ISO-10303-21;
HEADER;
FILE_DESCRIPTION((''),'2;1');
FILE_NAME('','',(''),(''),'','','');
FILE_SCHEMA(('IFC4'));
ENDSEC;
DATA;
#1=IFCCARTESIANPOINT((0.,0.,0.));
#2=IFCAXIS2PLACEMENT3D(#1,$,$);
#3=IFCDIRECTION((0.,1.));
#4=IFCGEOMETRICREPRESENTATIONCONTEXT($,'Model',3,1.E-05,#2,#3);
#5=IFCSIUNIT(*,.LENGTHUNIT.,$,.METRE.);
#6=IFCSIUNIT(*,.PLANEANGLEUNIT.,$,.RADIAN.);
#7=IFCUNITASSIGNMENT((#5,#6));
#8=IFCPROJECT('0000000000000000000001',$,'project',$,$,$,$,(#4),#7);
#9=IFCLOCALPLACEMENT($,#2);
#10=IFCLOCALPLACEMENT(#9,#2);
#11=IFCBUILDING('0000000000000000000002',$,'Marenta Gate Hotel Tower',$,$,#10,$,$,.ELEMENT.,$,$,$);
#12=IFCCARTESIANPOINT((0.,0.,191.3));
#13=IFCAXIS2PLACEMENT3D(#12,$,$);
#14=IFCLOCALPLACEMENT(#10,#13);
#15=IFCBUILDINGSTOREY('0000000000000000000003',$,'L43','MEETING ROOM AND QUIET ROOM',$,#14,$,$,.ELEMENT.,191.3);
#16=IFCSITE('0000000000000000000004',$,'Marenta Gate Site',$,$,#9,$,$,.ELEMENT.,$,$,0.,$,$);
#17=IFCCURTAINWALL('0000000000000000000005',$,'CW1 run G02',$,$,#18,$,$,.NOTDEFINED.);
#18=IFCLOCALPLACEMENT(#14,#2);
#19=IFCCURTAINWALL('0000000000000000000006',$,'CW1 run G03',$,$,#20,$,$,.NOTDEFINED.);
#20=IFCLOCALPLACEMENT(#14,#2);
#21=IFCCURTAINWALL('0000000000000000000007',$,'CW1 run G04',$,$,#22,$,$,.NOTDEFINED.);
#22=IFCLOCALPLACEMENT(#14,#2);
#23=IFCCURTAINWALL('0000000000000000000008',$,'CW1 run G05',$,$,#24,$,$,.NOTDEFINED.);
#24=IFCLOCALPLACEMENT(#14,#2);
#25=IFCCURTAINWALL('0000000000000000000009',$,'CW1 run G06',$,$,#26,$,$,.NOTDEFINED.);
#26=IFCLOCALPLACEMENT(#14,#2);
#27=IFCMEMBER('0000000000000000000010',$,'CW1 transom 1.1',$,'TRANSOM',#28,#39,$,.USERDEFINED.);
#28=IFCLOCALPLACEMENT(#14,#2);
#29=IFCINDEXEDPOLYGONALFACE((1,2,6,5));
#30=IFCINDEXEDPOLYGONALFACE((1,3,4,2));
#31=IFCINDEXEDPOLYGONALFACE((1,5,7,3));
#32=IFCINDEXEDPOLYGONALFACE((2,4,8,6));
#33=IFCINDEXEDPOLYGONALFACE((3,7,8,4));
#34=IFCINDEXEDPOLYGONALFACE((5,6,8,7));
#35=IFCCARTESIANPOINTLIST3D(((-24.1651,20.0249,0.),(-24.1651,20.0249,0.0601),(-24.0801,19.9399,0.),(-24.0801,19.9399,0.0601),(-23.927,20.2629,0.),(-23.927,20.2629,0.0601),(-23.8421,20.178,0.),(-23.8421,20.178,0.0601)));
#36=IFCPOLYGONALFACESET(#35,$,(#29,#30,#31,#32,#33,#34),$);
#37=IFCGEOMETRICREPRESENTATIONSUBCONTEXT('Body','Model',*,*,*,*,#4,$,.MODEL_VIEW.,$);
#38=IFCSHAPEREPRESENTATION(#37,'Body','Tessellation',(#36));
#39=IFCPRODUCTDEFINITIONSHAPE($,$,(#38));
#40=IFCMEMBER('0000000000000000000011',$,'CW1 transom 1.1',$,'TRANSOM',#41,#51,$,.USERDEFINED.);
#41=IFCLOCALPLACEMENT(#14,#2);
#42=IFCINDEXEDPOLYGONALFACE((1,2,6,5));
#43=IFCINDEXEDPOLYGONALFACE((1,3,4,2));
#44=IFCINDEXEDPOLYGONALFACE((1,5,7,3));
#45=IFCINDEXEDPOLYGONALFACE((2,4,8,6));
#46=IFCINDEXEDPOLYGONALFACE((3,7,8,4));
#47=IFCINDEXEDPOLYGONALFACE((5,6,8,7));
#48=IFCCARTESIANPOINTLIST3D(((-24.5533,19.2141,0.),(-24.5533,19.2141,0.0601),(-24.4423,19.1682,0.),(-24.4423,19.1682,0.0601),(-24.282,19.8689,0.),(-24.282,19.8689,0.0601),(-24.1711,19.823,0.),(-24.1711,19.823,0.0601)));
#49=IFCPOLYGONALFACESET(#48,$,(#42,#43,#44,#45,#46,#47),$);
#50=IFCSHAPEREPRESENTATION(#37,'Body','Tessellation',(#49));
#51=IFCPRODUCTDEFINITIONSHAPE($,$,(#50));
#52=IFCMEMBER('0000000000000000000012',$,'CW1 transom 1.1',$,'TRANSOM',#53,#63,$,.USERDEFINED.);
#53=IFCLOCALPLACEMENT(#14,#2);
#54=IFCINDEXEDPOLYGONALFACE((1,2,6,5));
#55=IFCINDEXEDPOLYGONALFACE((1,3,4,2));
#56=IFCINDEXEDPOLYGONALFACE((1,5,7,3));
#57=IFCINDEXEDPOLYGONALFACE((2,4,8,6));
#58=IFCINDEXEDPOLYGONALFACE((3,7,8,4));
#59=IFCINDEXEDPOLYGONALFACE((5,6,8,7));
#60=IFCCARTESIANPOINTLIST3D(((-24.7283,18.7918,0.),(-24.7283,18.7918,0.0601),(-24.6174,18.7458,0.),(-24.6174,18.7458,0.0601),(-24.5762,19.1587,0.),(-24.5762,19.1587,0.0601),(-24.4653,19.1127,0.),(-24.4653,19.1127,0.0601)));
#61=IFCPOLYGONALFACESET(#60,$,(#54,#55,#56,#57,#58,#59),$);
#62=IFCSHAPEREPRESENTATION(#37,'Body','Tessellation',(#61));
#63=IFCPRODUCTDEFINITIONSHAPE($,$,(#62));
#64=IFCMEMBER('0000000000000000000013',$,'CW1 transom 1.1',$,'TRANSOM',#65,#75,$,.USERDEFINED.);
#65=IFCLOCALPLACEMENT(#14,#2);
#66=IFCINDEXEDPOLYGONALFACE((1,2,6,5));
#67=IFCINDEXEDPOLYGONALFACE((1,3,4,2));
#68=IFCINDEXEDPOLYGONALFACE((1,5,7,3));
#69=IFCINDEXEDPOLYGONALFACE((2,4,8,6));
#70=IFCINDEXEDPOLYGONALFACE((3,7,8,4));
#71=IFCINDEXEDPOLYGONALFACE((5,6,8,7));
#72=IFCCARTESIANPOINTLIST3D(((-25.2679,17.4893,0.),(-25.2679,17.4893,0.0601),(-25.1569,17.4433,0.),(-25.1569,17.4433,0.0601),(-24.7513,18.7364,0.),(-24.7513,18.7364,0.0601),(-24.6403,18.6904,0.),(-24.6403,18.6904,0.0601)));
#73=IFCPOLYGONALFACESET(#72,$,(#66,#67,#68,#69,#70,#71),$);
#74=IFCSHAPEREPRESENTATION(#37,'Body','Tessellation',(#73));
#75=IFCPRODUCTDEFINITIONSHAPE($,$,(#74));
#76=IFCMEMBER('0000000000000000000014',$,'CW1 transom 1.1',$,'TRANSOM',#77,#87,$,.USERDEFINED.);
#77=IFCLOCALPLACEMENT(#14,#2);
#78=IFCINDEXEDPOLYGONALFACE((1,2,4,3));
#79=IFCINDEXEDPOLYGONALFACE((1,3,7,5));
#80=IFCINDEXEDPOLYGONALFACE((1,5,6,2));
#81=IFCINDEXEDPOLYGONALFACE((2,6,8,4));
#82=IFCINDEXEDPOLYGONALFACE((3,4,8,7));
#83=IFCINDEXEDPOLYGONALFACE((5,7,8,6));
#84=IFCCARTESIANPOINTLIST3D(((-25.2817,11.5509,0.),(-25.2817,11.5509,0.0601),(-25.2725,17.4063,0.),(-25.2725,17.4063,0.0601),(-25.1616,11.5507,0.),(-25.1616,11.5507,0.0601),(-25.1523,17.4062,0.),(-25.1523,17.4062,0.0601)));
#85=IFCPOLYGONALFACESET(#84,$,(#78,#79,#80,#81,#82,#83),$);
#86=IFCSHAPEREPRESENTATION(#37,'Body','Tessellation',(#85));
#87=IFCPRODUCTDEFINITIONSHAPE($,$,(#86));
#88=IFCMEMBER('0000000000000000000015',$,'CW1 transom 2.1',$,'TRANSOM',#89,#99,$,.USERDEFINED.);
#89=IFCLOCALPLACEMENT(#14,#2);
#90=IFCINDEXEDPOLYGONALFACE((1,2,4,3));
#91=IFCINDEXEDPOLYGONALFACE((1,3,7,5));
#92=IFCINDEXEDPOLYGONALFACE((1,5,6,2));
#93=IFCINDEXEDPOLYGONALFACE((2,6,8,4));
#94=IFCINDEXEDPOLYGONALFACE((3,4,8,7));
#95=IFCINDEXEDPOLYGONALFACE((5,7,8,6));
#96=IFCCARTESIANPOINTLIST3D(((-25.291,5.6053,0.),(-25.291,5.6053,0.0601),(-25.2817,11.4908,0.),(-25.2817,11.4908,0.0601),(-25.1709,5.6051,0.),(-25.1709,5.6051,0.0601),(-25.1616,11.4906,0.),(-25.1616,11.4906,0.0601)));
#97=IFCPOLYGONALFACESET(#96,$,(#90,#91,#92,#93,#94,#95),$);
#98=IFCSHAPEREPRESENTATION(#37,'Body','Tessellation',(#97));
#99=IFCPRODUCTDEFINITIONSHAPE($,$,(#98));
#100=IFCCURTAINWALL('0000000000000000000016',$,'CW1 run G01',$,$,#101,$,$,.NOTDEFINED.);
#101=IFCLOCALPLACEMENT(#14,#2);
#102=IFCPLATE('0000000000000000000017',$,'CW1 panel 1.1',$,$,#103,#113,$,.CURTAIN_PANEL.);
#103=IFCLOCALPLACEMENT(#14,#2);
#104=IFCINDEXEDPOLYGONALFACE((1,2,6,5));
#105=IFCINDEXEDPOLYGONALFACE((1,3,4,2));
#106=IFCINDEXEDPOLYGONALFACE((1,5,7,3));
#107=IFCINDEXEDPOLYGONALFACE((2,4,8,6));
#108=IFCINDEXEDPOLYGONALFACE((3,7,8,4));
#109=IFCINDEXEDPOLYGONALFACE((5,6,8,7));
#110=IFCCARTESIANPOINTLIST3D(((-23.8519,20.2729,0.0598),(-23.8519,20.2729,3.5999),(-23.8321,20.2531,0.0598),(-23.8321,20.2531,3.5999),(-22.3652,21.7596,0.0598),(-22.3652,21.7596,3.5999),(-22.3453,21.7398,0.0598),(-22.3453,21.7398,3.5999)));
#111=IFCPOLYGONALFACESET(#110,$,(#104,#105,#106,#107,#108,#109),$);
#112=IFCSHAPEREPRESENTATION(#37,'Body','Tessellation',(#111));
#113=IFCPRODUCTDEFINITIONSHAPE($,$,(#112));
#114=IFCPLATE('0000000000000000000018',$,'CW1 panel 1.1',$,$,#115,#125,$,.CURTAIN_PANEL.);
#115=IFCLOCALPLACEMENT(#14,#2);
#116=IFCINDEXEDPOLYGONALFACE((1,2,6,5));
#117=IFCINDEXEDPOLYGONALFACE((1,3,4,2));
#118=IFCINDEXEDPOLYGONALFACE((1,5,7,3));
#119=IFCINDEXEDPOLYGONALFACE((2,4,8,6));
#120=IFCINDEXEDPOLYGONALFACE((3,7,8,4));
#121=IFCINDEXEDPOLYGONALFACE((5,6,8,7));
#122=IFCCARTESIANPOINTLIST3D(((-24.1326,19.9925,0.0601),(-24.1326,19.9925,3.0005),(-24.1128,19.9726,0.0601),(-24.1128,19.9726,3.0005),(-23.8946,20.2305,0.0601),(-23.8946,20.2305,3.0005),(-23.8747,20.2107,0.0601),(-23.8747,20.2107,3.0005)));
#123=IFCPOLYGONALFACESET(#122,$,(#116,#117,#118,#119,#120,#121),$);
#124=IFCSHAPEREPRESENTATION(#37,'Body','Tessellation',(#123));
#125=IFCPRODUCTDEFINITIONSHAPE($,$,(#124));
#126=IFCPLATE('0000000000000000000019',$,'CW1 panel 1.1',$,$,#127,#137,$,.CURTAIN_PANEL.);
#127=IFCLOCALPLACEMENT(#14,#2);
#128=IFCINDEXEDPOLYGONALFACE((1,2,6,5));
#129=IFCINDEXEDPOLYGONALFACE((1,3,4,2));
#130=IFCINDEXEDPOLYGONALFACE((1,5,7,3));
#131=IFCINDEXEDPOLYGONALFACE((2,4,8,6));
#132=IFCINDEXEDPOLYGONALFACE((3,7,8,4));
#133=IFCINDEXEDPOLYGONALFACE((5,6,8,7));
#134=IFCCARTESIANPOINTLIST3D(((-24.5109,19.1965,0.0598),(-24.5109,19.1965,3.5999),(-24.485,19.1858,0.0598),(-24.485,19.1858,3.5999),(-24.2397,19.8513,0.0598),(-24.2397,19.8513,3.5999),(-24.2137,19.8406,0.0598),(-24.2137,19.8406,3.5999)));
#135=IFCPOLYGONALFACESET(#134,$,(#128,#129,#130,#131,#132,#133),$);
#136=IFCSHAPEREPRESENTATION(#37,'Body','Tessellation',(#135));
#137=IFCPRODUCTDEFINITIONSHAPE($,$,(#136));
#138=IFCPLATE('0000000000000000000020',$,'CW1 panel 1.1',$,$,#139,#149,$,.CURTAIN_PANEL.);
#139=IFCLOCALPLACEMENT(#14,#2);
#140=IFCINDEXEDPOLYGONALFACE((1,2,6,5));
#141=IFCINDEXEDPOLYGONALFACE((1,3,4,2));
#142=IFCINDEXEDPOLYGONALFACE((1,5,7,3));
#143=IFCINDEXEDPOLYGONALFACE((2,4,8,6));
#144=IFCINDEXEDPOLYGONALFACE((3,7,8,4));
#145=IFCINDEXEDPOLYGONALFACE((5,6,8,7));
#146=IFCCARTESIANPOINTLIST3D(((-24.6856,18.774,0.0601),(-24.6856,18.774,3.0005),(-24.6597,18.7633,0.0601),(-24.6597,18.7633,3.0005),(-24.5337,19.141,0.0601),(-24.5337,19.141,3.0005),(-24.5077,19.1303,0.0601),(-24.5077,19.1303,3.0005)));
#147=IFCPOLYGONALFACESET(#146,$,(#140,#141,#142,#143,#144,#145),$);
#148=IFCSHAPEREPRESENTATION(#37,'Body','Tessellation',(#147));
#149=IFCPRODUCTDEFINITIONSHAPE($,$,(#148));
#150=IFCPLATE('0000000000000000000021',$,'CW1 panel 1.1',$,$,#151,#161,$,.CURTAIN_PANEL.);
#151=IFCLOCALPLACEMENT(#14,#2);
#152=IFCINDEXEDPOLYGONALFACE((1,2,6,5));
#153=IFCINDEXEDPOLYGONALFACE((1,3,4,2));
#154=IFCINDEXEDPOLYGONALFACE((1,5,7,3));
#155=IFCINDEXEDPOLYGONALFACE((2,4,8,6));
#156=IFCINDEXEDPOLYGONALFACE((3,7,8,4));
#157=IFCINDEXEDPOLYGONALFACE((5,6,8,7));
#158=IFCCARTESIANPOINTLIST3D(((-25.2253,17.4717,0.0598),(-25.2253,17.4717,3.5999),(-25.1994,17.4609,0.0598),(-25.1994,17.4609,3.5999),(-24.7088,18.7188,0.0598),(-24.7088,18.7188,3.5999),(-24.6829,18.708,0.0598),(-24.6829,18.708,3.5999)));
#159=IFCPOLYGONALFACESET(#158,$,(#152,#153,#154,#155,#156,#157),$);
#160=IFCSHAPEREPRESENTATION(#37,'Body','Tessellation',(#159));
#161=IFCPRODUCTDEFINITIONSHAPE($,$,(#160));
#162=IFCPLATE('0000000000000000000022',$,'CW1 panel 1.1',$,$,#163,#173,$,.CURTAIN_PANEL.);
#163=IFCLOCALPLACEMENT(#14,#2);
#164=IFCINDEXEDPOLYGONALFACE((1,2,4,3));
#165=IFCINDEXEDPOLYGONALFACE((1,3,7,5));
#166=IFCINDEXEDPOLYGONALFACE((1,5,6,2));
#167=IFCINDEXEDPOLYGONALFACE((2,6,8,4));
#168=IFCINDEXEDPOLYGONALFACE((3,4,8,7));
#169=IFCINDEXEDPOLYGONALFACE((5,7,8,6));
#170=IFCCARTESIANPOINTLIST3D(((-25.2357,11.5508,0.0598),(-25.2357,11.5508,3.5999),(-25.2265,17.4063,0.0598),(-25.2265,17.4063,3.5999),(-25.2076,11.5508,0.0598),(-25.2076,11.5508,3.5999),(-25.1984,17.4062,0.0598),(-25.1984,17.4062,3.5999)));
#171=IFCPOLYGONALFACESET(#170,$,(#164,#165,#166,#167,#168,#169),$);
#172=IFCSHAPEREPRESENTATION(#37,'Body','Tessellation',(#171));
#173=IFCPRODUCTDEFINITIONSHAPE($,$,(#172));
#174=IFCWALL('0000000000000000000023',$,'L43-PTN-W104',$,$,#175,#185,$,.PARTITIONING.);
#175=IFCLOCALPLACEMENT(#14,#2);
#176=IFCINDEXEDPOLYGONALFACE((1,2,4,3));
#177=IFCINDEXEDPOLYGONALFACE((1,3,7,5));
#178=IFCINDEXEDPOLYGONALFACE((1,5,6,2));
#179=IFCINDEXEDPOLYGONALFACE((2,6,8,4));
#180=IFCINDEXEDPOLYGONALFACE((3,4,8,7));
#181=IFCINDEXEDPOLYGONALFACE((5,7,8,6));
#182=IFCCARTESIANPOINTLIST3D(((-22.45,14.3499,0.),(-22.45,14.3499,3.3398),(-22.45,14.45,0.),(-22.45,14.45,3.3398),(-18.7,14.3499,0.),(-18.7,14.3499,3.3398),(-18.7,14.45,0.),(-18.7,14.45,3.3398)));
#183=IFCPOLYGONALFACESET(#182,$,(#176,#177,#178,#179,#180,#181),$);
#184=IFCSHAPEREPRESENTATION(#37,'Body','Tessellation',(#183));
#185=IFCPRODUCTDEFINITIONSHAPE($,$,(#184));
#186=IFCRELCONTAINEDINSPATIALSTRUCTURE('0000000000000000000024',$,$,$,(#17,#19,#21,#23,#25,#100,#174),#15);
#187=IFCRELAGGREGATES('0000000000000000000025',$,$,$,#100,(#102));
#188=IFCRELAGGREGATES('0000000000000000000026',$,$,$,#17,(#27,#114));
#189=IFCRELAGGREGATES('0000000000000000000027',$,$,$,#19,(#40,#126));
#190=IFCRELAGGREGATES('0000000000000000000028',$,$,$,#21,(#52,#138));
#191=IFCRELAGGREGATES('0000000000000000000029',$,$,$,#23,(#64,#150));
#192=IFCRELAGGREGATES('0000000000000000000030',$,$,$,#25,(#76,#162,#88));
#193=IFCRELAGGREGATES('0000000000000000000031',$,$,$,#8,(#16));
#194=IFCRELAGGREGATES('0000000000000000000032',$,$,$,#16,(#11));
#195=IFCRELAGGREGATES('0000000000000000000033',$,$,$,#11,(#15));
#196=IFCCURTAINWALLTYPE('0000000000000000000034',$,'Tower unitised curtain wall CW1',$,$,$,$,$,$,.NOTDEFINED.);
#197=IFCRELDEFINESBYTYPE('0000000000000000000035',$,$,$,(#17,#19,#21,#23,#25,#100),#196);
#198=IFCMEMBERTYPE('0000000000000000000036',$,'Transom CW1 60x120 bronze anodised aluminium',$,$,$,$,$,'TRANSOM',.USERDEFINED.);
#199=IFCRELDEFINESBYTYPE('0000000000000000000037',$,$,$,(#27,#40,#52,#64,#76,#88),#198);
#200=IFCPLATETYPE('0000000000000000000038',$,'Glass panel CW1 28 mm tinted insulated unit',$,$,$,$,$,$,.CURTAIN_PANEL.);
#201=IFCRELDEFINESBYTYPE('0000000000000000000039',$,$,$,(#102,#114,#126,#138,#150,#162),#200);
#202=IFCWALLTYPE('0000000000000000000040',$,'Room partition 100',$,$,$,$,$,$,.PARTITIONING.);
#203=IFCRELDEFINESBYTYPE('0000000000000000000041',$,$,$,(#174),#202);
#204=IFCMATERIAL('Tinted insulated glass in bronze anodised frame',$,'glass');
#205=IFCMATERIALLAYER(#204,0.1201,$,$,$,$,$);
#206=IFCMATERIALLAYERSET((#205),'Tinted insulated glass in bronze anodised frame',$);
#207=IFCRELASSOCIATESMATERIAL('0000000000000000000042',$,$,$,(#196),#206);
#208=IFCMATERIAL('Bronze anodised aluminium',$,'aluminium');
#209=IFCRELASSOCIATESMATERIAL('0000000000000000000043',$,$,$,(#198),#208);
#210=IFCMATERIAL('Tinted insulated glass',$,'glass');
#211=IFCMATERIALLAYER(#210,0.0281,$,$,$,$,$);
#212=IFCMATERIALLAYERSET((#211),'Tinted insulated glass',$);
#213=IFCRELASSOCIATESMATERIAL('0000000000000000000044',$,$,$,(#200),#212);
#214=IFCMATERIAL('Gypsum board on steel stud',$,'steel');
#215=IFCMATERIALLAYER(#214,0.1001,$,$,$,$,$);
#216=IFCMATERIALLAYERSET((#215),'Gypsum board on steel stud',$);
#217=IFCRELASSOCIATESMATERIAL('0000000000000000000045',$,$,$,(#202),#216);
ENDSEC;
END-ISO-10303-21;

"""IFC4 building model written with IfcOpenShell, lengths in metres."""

from ifc_helpers import new_model, si_unit, direction, frame, frame_2d, origin, origin_2d, place, context, subcontext, project, spatial, rectangle, extrude, material, layer, layer_set, material_profile, profile_set, type_object, element, aggregate, save


model = new_model("IFC4")

# Units and contexts
model_context = context("Model", 3, precision=1e-05, world=origin(), true_north=direction((0.0, 1.0)))
body_context = subcontext(model_context, "Body", "Model", "MODEL_VIEW")
ifc_project = project(units=[si_unit("LENGTHUNIT", "METRE"), si_unit("PLANEANGLEUNIT", "RADIAN")], contexts=[model_context])

# Site, building, storey
site_placement = place(None, origin())
site = spatial("IfcSite", under=ifc_project, at=site_placement, Name="Marenta Gate Site", CompositionType="ELEMENT", RefElevation=0.0)
building_placement = place(site_placement, origin())
building = spatial("IfcBuilding", under=site, at=building_placement, Name="Marenta Gate Hotel Tower", CompositionType="ELEMENT")
storey_placement = place(building_placement, frame((0.0, 0.0, 191.3)))
storey = spatial("IfcBuildingStorey", under=building, at=storey_placement, Name="L43", Description="MEETING ROOM AND QUIET ROOM", CompositionType="ELEMENT", Elevation=191.3)

# Curtain wall
ifc_material_1 = material(Name="Tinted insulated glass in bronze anodised frame", Category="glass")
ifc_layer_1 = layer(ifc_material_1, 0.1201)
ifc_layer_set_1 = layer_set([ifc_layer_1], Name="Tinted insulated glass in bronze anodised frame")
curtain_wall_type = type_object("IfcCurtainWallType", Name="Tower unitised curtain wall CW1", PredefinedType="NOTDEFINED", material=ifc_layer_set_1)
curtain_wall_1_placement = place(storey_placement, origin())
curtain_wall_1 = element("IfcCurtainWall", 1, at=curtain_wall_1_placement, inside=storey, type_object=curtain_wall_type, Name="CW1 run G02", PredefinedType="NOTDEFINED")

# Curtain walls
curtain_wall_2_placement = place(storey_placement, origin())
curtain_wall_2 = element("IfcCurtainWall", 2, at=curtain_wall_2_placement, inside=storey, type_object=curtain_wall_type, Name="CW1 run G03", PredefinedType="NOTDEFINED")
curtain_wall_3_placement = place(storey_placement, origin())
curtain_wall_3 = element("IfcCurtainWall", 3, at=curtain_wall_3_placement, inside=storey, type_object=curtain_wall_type, Name="CW1 run G04", PredefinedType="NOTDEFINED")
curtain_wall_4_placement = place(storey_placement, origin())
curtain_wall_4 = element("IfcCurtainWall", 4, at=curtain_wall_4_placement, inside=storey, type_object=curtain_wall_type, Name="CW1 run G05", PredefinedType="NOTDEFINED")

# Curtain wall
curtain_wall_5_placement = place(storey_placement, origin())
curtain_wall_5 = element("IfcCurtainWall", 5, at=curtain_wall_5_placement, inside=storey, type_object=curtain_wall_type, Name="CW1 run G06", PredefinedType="NOTDEFINED")

# Members
ifc_material_2 = material(Name="Bronze anodised aluminium", Category="aluminium")
ifc_material_profile_1 = material_profile(ifc_material_2, rectangle(XDim=0.1201, YDim=0.0601, at=origin_2d()), Name="Transom CW1 60x120 bronze anodised aluminium")
ifc_profile_set_1 = profile_set([ifc_material_profile_1], Name="Bronze anodised aluminium")
member_type_1 = type_object("IfcMemberType", Name="Transom CW1 60x120 bronze anodised aluminium", ElementType="TRANSOM", PredefinedType="USERDEFINED", material=ifc_profile_set_1)
member_1_placement = place(storey_placement, frame((-23.8845, 20.2205, 0.03), z_axis=(-0.707107, -0.707107, 0.0), x_axis=(0.707107, -0.707107, 0.0)))
member_1 = element("IfcMember", 6, at=member_1_placement, type_object=member_type_1, Name="CW1 transom 1.1", ObjectType="TRANSOM", PredefinedType="USERDEFINED", context=body_context, shape_type="SweptSolid", body=[
    extrude(rectangle(XDim=0.1201, YDim=0.0601, at=origin_2d()), origin(), (0.0, 0.0, 1.0), 0.3367),
])
member_2_placement = place(storey_placement, frame((-24.2266, 19.8459, 0.03), z_axis=(-0.382707, -0.92387, 0.0), x_axis=(0.92387, -0.382707, 0.0)))
member_2 = element("IfcMember", 7, at=member_2_placement, type_object=member_type_1, Name="CW1 transom 1.1", ObjectType="TRANSOM", PredefinedType="USERDEFINED", context=body_context, shape_type="SweptSolid", body=[
    extrude(rectangle(XDim=0.1201, YDim=0.0601, at=origin_2d()), origin(), (0.0, 0.0, 1.0), 0.7087),
])
member_3_placement = place(storey_placement, frame((-24.5208, 19.1357, 0.03), z_axis=(-0.382913, -0.923785, 0.0), x_axis=(0.923785, -0.382913, 0.0)))
member_3 = element("IfcMember", 8, at=member_3_placement, type_object=member_type_1, Name="CW1 transom 1.1", ObjectType="TRANSOM", PredefinedType="USERDEFINED", context=body_context, shape_type="SweptSolid", body=[
    extrude(rectangle(XDim=0.1201, YDim=0.0601, at=origin_2d()), origin(), (0.0, 0.0, 1.0), 0.3972),
])
member_4_placement = place(storey_placement, frame((-24.6958, 18.7134, 0.03), z_axis=(-0.382714, -0.923867, 0.0), x_axis=(0.923867, -0.382714, 0.0)))
member_4 = element("IfcMember", 9, at=member_4_placement, type_object=member_type_1, Name="CW1 transom 1.1", ObjectType="TRANSOM", PredefinedType="USERDEFINED", context=body_context, shape_type="SweptSolid", body=[
    extrude(rectangle(XDim=0.1201, YDim=0.0601, at=origin_2d()), origin(), (0.0, 0.0, 1.0), 1.3499),
])
member_5_placement = place(storey_placement, frame((-25.2124, 17.4062, 0.03), z_axis=(-0.001584, -0.999999, 0.0), x_axis=(0.999999, -0.001584, 0.0)))
member_5 = element("IfcMember", 10, at=member_5_placement, type_object=member_type_1, Name="CW1 transom 1.1", ObjectType="TRANSOM", PredefinedType="USERDEFINED", context=body_context, shape_type="SweptSolid", body=[
    extrude(rectangle(XDim=0.1201, YDim=0.0601, at=origin_2d()), origin(), (0.0, 0.0, 1.0), 5.8555),
])
member_6_placement = place(storey_placement, frame((-25.2217, 11.4907, 0.03), z_axis=(-0.001576, -0.999999, 0.0), x_axis=(0.999999, -0.001576, 0.0)))
member_6 = element("IfcMember", 11, at=member_6_placement, type_object=member_type_1, Name="CW1 transom 2.1", ObjectType="TRANSOM", PredefinedType="USERDEFINED", context=body_context, shape_type="SweptSolid", body=[
    extrude(rectangle(XDim=0.1201, YDim=0.0601, at=origin_2d()), origin(), (0.0, 0.0, 1.0), 5.8855),
])

# Curtain wall, plate
curtain_wall_6_placement = place(storey_placement, origin())
curtain_wall_6 = element("IfcCurtainWall", 12, at=curtain_wall_6_placement, inside=storey, type_object=curtain_wall_type, Name="CW1 run G01", PredefinedType="NOTDEFINED")
ifc_material_3 = material(Name="Tinted insulated glass", Category="glass")
ifc_layer_2 = layer(ifc_material_3, 0.0281)
ifc_layer_set_2 = layer_set([ifc_layer_2], Name="Tinted insulated glass")
plate_type = type_object("IfcPlateType", Name="Glass panel CW1 28 mm tinted insulated unit", PredefinedType="CURTAIN_PANEL", material=ifc_layer_set_2)
plate_1_placement = place(storey_placement, frame((-23.0986, 21.0063, 0.0598), z_axis=(0.0, 0.0, 1.0), x_axis=(-0.707107, -0.707107, 0.0)))
plate_1 = element("IfcPlate", 13, at=plate_1_placement, type_object=plate_type, Name="CW1 panel 1.1", PredefinedType="CURTAIN_PANEL", context=body_context, shape_type="SweptSolid", body=[
    extrude(rectangle(XDim=2.1025, YDim=0.0281, at=origin_2d()), origin(), (0.0, 0.0, 1.0), 3.54),
])
aggregate(curtain_wall_6, [plate_1])

# Plates
plate_2_placement = place(storey_placement, frame((-24.0037, 20.1016, 0.0601), z_axis=(0.0, 0.0, 1.0), x_axis=(-0.707107, -0.707107, 0.0)))
plate_2 = element("IfcPlate", 14, at=plate_2_placement, type_object=plate_type, Name="CW1 panel 1.1", PredefinedType="CURTAIN_PANEL", context=body_context, shape_type="SweptSolid", body=[
    extrude(rectangle(XDim=0.3367, YDim=0.0281, at=origin_2d()), origin(), (0.0, 0.0, 1.0), 2.9404),
])
aggregate(curtain_wall_1, [member_1, plate_2])
plate_3_placement = place(storey_placement, frame((-24.3623, 19.5186, 0.0598), z_axis=(0.0, 0.0, 1.0), x_axis=(-0.382712, -0.923868, 0.0)))
plate_3 = element("IfcPlate", 15, at=plate_3_placement, type_object=plate_type, Name="CW1 panel 1.1", PredefinedType="CURTAIN_PANEL", context=body_context, shape_type="SweptSolid", body=[
    extrude(rectangle(XDim=0.7087, YDim=0.0281, at=origin_2d()), origin(), (0.0, 0.0, 1.0), 3.54),
])
aggregate(curtain_wall_2, [member_2, plate_3])
plate_4_placement = place(storey_placement, frame((-24.5967, 18.9521, 0.0601), z_axis=(0.0, 0.0, 1.0), x_axis=(-0.382642, -0.923897, 0.0)))
plate_4 = element("IfcPlate", 16, at=plate_4_placement, type_object=plate_type, Name="CW1 panel 1.1", PredefinedType="CURTAIN_PANEL", context=body_context, shape_type="SweptSolid", body=[
    extrude(rectangle(XDim=0.3972, YDim=0.0281, at=origin_2d()), origin(), (0.0, 0.0, 1.0), 2.9404),
])
aggregate(curtain_wall_3, [member_3, plate_4])
plate_5_placement = place(storey_placement, frame((-24.9541, 18.0898, 0.0598), z_axis=(0.0, 0.0, 1.0), x_axis=(-0.38265, -0.923893, 0.0)))
plate_5 = element("IfcPlate", 17, at=plate_5_placement, type_object=plate_type, Name="CW1 panel 1.1", PredefinedType="CURTAIN_PANEL", context=body_context, shape_type="SweptSolid", body=[
    extrude(rectangle(XDim=1.3499, YDim=0.0281, at=origin_2d()), origin(), (0.0, 0.0, 1.0), 3.54),
])
aggregate(curtain_wall_4, [member_4, plate_5])
plate_6_placement = place(storey_placement, frame((-25.217, 14.4785, 0.0598), z_axis=(0.0, 0.0, 1.0), x_axis=(-0.00157, -0.999999, 0.0)))
plate_6 = element("IfcPlate", 18, at=plate_6_placement, type_object=plate_type, Name="CW1 panel 1.1", PredefinedType="CURTAIN_PANEL", context=body_context, shape_type="SweptSolid", body=[
    extrude(rectangle(XDim=5.8555, YDim=0.0281, at=origin_2d()), origin(), (0.0, 0.0, 1.0), 3.54),
])
aggregate(curtain_wall_5, [member_5, plate_6, member_6])

# Wall
ifc_material_4 = material(Name="Gypsum board on steel stud", Category="steel")
ifc_layer_3 = layer(ifc_material_4, 0.1001)
ifc_layer_set_3 = layer_set([ifc_layer_3], Name="Gypsum board on steel stud")
wall_type_1 = type_object("IfcWallType", Name="Room partition 100", PredefinedType="PARTITIONING", material=ifc_layer_set_3)
wall_1_placement = place(storey_placement, frame((-22.45, 14.3999, 0.0), z_axis=(0.0, 0.0, 1.0), x_axis=(1.0, 0.0, 0.0)))
element("IfcWall", 19, at=wall_1_placement, inside=storey, type_object=wall_type_1, Name="L43-PTN-W104", PredefinedType="PARTITIONING", context=body_context, shape_type="SweptSolid", body=[
    extrude(rectangle(XDim=3.75, YDim=0.1001, at=frame_2d((1.875, 0.0))), origin(), (0.0, 0.0, 1.0), 3.3398),
])

save(model, "model.ifc")
